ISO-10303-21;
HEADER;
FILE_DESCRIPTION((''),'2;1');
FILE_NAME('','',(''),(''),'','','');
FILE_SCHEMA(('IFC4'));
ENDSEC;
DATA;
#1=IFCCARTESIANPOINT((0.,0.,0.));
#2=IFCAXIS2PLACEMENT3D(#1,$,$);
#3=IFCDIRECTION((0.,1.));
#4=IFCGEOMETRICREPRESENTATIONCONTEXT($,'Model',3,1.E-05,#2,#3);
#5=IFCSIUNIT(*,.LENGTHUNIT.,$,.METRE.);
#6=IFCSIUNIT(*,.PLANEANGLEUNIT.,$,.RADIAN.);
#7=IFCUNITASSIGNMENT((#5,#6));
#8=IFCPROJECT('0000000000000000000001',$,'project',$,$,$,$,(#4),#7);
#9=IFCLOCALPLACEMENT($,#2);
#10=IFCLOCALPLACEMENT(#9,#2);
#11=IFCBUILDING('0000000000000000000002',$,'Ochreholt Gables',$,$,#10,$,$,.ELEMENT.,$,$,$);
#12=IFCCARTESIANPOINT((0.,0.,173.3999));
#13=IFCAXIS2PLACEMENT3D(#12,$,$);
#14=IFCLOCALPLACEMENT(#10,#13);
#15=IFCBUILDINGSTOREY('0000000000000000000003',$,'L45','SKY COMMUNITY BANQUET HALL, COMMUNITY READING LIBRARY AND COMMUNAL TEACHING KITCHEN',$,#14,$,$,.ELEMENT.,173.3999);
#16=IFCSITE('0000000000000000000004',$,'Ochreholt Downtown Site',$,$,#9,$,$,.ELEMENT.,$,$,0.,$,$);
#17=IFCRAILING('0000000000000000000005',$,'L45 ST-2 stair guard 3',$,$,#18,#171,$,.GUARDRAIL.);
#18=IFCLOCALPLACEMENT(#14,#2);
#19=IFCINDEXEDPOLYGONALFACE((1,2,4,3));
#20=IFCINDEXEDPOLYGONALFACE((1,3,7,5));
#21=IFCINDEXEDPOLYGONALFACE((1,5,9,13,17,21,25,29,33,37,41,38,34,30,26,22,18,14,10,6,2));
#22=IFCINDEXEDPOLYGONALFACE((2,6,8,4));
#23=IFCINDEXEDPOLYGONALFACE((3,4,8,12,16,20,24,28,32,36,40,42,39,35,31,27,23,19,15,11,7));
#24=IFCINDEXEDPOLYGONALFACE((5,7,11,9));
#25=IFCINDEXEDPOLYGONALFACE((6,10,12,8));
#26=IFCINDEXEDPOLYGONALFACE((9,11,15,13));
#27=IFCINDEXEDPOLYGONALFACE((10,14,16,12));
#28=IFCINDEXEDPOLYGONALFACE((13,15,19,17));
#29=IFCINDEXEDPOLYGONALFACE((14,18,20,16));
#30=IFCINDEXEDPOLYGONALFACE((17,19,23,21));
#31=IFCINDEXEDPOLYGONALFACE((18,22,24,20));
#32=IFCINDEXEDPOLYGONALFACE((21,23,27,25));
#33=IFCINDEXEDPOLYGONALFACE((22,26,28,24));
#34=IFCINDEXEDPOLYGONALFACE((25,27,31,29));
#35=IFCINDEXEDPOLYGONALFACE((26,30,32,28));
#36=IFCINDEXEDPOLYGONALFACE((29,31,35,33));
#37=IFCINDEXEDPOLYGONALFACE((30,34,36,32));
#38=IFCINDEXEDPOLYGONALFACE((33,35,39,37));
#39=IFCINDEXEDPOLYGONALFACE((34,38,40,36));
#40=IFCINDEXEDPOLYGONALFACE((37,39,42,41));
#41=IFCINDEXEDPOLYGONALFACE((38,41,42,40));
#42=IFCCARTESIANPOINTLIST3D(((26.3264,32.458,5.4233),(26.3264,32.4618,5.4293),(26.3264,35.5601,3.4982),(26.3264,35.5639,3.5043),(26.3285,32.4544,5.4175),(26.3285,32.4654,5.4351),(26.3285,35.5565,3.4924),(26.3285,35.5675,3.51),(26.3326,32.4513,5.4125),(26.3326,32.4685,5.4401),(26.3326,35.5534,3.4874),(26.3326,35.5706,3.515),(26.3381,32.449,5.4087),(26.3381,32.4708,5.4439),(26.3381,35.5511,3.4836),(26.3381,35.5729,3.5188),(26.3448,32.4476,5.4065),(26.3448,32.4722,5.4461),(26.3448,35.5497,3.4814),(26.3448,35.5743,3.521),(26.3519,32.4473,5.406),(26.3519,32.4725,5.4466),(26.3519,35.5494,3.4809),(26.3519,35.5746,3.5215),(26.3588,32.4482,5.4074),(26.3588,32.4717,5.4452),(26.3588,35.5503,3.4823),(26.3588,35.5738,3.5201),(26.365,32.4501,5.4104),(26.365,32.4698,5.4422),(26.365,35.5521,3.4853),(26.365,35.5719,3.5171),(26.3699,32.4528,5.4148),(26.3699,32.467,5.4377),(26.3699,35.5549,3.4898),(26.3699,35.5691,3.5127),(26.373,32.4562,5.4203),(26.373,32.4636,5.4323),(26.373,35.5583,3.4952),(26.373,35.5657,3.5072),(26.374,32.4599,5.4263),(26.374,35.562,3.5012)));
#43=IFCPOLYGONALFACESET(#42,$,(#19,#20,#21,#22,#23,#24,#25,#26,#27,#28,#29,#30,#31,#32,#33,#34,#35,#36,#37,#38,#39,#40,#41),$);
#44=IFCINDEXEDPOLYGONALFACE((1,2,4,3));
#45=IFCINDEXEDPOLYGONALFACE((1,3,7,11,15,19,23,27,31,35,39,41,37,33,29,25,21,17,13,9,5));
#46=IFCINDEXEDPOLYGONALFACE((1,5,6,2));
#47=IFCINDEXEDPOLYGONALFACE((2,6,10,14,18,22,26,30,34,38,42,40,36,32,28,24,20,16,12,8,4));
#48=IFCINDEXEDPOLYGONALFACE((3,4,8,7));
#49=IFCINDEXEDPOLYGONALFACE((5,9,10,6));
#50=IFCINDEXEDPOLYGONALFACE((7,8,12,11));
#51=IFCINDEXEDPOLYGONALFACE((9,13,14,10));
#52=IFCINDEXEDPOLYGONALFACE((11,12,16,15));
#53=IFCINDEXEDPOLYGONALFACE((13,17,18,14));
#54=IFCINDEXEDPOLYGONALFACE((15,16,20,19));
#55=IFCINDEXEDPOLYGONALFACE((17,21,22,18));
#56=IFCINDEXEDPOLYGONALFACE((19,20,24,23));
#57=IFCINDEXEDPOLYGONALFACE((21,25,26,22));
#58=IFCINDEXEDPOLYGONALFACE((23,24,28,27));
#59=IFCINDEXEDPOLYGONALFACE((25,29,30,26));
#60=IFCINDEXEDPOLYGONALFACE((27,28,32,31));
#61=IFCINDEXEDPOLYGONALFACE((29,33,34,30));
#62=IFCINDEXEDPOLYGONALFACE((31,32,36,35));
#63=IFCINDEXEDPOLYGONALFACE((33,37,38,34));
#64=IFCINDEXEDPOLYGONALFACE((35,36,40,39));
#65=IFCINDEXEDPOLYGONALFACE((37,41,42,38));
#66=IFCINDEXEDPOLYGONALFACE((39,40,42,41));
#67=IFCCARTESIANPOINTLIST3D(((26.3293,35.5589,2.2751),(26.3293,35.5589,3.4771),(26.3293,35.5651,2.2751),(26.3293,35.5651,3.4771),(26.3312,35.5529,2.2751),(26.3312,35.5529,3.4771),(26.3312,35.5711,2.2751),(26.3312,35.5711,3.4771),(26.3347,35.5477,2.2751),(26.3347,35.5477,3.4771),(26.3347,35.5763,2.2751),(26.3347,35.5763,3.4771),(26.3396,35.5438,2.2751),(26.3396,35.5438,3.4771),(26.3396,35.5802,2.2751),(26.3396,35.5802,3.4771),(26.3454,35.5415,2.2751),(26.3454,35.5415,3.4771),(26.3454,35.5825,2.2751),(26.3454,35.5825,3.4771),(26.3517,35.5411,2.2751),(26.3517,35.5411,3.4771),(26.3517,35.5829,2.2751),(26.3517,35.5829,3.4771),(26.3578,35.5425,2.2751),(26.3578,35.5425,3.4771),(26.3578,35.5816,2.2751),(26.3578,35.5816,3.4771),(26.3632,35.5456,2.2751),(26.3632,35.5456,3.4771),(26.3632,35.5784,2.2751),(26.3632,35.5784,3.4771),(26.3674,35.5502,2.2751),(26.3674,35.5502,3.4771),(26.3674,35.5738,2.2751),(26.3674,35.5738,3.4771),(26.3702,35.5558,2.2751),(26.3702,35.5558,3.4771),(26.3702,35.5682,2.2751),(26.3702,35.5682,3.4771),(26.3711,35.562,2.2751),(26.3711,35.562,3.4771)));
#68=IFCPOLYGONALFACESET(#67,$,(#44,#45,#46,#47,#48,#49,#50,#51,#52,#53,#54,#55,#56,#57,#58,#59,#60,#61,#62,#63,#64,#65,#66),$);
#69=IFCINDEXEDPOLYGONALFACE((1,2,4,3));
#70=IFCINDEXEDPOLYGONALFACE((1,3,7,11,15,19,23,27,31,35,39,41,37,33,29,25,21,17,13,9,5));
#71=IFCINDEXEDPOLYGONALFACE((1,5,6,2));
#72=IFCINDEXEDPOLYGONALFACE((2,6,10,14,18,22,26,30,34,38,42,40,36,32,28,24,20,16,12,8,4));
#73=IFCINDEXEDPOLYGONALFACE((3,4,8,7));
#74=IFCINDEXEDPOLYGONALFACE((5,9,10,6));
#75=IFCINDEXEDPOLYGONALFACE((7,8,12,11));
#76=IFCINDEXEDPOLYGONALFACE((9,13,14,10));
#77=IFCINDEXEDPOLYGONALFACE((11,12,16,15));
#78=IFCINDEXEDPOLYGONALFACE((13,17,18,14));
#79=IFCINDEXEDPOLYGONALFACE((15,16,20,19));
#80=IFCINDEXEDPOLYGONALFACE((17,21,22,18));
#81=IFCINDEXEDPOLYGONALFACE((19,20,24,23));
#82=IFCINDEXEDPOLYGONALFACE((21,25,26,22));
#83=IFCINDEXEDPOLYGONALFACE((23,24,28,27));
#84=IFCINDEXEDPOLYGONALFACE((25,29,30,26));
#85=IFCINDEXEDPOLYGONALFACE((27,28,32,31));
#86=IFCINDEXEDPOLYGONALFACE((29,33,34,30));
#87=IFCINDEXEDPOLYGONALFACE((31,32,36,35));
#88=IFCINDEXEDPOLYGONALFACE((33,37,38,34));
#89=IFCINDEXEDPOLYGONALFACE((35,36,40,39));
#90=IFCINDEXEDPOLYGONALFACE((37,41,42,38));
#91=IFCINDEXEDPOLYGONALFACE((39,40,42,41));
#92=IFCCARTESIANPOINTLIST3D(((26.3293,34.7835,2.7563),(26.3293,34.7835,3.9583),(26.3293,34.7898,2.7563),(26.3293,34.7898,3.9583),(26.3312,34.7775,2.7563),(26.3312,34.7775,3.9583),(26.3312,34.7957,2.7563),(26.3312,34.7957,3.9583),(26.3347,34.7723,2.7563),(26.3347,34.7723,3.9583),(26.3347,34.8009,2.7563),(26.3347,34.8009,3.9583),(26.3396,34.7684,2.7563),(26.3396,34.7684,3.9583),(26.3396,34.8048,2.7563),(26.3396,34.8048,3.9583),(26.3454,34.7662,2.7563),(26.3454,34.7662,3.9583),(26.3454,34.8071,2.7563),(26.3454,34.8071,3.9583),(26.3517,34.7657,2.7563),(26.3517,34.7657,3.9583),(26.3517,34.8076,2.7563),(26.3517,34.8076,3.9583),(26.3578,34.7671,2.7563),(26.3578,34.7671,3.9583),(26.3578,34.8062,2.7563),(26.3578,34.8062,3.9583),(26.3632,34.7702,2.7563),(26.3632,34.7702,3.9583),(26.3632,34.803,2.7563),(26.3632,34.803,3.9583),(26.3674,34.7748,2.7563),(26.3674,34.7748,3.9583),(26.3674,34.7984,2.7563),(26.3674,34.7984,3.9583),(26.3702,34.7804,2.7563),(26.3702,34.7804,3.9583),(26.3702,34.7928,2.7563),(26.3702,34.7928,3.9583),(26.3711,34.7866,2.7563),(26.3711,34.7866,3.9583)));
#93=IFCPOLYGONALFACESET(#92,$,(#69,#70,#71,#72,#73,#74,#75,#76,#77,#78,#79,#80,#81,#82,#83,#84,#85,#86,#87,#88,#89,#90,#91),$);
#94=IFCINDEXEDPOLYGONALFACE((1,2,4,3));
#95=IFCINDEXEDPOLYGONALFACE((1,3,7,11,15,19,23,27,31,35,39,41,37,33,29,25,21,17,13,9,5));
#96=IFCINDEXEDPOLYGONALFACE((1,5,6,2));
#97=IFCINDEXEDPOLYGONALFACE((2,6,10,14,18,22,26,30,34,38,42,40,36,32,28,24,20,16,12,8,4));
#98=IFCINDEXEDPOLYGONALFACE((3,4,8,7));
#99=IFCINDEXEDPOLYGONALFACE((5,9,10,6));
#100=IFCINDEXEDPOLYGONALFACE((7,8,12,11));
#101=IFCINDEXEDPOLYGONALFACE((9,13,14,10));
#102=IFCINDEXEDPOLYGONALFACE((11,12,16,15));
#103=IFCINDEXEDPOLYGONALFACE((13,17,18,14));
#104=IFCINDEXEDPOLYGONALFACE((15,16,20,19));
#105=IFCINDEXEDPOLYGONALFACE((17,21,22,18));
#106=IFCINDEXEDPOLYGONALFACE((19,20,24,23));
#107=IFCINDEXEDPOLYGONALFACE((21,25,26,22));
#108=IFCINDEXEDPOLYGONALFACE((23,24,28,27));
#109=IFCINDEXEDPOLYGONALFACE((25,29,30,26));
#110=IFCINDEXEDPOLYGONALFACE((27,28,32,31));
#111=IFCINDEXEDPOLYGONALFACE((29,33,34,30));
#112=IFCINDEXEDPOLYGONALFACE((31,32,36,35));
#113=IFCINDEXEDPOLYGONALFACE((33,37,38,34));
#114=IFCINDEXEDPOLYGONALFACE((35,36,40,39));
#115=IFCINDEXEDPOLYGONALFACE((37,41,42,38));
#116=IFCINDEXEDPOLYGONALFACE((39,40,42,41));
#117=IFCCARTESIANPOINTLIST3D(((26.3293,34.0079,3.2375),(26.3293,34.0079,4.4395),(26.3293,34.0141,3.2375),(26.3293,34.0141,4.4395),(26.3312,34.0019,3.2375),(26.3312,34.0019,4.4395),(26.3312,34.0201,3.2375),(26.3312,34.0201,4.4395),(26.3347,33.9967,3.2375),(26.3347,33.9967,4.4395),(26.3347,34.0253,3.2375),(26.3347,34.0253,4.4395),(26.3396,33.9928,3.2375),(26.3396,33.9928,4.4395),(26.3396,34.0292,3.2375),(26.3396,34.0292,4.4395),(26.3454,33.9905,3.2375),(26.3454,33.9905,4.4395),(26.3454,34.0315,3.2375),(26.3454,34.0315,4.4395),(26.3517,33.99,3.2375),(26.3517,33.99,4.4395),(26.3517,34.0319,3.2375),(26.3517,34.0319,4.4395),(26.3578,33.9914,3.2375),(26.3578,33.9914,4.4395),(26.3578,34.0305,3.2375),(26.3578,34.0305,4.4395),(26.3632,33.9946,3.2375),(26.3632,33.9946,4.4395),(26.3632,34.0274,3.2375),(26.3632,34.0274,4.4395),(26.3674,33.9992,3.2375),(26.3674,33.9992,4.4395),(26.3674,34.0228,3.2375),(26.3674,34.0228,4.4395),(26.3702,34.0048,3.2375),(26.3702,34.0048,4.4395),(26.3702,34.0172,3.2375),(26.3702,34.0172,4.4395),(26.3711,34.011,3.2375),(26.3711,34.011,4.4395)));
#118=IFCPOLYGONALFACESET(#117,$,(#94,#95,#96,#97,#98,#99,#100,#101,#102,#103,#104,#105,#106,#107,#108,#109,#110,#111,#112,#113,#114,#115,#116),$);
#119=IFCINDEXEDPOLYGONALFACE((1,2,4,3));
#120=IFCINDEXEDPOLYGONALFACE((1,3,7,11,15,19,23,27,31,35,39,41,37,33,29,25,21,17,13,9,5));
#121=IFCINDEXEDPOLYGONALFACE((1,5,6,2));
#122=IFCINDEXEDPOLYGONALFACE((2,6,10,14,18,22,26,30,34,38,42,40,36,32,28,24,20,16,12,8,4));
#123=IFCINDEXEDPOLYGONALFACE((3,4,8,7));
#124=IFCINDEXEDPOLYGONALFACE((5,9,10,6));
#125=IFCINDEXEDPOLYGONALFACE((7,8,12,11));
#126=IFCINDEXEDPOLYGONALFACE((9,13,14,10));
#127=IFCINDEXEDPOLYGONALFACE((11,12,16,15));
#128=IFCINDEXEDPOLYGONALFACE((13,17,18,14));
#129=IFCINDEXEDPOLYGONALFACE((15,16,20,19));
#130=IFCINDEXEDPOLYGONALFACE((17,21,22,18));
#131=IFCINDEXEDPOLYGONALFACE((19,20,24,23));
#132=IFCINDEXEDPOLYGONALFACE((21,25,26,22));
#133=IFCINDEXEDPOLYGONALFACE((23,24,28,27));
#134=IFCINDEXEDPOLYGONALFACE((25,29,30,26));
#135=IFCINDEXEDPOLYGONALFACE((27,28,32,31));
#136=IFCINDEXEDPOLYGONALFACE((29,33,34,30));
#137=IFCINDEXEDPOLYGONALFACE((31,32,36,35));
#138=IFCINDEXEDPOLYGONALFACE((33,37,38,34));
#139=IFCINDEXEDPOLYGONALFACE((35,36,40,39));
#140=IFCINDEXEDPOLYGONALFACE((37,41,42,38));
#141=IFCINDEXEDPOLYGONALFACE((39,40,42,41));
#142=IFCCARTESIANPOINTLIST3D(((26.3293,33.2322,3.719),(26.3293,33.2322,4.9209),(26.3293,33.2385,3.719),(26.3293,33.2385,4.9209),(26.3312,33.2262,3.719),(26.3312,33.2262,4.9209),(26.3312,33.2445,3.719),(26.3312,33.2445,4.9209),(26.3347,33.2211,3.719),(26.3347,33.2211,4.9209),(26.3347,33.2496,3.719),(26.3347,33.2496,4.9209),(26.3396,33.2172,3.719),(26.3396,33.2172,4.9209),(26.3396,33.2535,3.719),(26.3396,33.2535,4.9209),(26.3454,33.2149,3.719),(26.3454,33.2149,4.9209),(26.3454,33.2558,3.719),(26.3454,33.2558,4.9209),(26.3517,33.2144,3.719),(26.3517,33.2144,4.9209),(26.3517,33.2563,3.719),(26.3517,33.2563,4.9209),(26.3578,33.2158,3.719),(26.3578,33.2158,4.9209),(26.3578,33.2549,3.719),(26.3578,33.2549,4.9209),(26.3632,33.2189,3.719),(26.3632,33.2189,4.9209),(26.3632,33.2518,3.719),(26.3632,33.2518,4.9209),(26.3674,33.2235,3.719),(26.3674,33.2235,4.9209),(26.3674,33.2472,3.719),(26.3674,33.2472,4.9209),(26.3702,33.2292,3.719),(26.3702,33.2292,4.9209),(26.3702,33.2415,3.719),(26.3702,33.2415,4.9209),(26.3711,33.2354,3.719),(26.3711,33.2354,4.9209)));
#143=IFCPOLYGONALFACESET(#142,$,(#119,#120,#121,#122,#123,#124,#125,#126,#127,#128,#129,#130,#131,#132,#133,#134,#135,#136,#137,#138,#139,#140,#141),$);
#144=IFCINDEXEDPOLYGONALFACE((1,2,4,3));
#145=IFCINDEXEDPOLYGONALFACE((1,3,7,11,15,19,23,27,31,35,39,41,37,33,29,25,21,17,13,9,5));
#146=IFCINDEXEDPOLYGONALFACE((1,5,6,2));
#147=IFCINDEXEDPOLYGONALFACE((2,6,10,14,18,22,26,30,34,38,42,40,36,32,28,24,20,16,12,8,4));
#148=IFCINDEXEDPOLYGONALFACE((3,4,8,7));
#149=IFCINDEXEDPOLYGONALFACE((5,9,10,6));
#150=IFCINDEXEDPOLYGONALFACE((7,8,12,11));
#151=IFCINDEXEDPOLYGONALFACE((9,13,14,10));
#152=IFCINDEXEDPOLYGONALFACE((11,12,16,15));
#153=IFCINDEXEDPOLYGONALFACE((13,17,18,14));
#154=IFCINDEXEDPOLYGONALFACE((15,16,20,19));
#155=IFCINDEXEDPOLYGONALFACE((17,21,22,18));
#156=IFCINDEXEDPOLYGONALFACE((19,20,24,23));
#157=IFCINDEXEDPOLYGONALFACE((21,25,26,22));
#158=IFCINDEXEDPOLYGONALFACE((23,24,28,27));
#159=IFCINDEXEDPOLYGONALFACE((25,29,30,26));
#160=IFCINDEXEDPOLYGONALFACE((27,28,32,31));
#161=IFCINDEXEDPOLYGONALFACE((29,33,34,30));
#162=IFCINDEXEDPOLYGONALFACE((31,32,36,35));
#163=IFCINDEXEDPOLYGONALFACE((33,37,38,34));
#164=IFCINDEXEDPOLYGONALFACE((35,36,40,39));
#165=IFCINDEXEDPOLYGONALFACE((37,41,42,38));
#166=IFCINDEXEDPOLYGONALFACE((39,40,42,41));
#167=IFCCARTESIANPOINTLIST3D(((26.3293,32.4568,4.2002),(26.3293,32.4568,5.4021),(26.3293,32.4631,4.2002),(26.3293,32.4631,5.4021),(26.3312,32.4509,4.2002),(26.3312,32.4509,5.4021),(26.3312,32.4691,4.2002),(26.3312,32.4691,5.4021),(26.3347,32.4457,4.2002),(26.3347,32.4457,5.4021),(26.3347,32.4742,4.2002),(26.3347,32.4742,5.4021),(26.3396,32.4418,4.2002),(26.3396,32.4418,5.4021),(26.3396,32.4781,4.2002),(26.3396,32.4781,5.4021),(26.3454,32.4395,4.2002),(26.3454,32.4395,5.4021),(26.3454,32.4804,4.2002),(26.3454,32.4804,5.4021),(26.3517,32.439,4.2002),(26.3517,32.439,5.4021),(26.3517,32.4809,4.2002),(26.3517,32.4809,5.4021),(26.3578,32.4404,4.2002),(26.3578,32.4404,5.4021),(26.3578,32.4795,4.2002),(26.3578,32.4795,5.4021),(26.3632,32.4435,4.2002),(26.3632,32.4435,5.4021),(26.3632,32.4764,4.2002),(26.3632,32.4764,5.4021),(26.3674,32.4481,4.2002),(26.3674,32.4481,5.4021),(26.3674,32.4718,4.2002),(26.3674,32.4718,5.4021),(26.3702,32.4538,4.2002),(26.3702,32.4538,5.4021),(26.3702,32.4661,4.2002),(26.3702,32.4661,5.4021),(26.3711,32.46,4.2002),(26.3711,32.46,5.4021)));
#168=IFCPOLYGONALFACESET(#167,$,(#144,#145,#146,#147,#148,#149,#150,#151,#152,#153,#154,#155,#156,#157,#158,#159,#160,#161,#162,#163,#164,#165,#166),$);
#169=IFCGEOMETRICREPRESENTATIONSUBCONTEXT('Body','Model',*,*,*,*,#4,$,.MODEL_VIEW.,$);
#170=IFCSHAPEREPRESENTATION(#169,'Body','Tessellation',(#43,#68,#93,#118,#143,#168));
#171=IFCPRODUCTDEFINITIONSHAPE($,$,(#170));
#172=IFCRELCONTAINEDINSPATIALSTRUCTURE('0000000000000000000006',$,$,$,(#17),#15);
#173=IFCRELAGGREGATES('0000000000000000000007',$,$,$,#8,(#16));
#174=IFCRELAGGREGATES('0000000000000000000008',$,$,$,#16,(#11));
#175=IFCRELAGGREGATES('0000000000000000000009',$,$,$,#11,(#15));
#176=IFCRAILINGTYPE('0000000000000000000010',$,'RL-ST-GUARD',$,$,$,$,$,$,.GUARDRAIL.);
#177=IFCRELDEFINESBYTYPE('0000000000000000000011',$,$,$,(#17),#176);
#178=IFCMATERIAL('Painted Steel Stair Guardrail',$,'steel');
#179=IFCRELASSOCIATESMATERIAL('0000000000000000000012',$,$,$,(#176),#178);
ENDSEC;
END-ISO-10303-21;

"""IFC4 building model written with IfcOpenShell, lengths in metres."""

from ifc_helpers import new_model, si_unit, direction, frame, origin, origin_2d, place, context, subcontext, project, spatial, circle, extrude, material, type_object, element, save


model = new_model("IFC4")

# Units and contexts
model_context = context("Model", 3, precision=1e-05, world=origin(), true_north=direction((0.0, 1.0)))
body_context = subcontext(model_context, "Body", "Model", "MODEL_VIEW")
ifc_project = project(units=[si_unit("LENGTHUNIT", "METRE"), si_unit("PLANEANGLEUNIT", "RADIAN")], contexts=[model_context])

# Site, building, storey
site_placement = place(None, origin())
site = spatial("IfcSite", under=ifc_project, at=site_placement, Name="Ochreholt Downtown Site", CompositionType="ELEMENT", RefElevation=0.0)
building_placement = place(site_placement, origin())
building = spatial("IfcBuilding", under=site, at=building_placement, Name="Ochreholt Gables", CompositionType="ELEMENT")
storey_placement = place(building_placement, frame((0.0, 0.0, 173.3999)))
storey = spatial("IfcBuildingStorey", under=building, at=storey_placement, Name="L45", Description="SKY COMMUNITY BANQUET HALL, COMMUNITY READING LIBRARY AND COMMUNAL TEACHING KITCHEN", CompositionType="ELEMENT", Elevation=173.3999)

# Railing
ifc_material_1 = material(Name="Painted Steel Stair Guardrail", Category="steel")
railing_type = type_object("IfcRailingType", Name="RL-ST-GUARD", PredefinedType="GUARDRAIL", material=ifc_material_1)
railing_1_placement = place(storey_placement, frame((26.3501, 35.562, 2.2751)))
element("IfcRailing", 1, at=railing_1_placement, inside=storey, type_object=railing_type, Name="L45 ST-2 stair guard 3", PredefinedType="GUARDRAIL", context=body_context, shape_type="SweptSolid", body=[
    extrude(circle(Radius=0.0239, at=origin_2d()), frame((0.0, 0.0, 1.2261), z_axis=(0.0, -0.849685, 0.527291), x_axis=(1.0, 0.0, 0.0)), (0.0, 0.0, 1.0), 3.6509),
    extrude(circle(Radius=0.021, at=origin_2d()), origin(), (0.0, 0.0, 1.0), 1.2019),
    extrude(circle(Radius=0.021, at=origin_2d()), frame((0.0, -0.7754, 0.4812)), (0.0, 0.0, 1.0), 1.2019),
    extrude(circle(Radius=0.021, at=origin_2d()), frame((0.0, -1.551, 0.9624)), (0.0, 0.0, 1.0), 1.2019),
    extrude(circle(Radius=0.021, at=origin_2d()), frame((0.0, -2.3267, 1.4438)), (0.0, 0.0, 1.0), 1.2019),
    extrude(circle(Radius=0.021, at=origin_2d()), frame((0.0, -3.1021, 1.925)), (0.0, 0.0, 1.0), 1.2019),
])

save(model, "model.ifc")
